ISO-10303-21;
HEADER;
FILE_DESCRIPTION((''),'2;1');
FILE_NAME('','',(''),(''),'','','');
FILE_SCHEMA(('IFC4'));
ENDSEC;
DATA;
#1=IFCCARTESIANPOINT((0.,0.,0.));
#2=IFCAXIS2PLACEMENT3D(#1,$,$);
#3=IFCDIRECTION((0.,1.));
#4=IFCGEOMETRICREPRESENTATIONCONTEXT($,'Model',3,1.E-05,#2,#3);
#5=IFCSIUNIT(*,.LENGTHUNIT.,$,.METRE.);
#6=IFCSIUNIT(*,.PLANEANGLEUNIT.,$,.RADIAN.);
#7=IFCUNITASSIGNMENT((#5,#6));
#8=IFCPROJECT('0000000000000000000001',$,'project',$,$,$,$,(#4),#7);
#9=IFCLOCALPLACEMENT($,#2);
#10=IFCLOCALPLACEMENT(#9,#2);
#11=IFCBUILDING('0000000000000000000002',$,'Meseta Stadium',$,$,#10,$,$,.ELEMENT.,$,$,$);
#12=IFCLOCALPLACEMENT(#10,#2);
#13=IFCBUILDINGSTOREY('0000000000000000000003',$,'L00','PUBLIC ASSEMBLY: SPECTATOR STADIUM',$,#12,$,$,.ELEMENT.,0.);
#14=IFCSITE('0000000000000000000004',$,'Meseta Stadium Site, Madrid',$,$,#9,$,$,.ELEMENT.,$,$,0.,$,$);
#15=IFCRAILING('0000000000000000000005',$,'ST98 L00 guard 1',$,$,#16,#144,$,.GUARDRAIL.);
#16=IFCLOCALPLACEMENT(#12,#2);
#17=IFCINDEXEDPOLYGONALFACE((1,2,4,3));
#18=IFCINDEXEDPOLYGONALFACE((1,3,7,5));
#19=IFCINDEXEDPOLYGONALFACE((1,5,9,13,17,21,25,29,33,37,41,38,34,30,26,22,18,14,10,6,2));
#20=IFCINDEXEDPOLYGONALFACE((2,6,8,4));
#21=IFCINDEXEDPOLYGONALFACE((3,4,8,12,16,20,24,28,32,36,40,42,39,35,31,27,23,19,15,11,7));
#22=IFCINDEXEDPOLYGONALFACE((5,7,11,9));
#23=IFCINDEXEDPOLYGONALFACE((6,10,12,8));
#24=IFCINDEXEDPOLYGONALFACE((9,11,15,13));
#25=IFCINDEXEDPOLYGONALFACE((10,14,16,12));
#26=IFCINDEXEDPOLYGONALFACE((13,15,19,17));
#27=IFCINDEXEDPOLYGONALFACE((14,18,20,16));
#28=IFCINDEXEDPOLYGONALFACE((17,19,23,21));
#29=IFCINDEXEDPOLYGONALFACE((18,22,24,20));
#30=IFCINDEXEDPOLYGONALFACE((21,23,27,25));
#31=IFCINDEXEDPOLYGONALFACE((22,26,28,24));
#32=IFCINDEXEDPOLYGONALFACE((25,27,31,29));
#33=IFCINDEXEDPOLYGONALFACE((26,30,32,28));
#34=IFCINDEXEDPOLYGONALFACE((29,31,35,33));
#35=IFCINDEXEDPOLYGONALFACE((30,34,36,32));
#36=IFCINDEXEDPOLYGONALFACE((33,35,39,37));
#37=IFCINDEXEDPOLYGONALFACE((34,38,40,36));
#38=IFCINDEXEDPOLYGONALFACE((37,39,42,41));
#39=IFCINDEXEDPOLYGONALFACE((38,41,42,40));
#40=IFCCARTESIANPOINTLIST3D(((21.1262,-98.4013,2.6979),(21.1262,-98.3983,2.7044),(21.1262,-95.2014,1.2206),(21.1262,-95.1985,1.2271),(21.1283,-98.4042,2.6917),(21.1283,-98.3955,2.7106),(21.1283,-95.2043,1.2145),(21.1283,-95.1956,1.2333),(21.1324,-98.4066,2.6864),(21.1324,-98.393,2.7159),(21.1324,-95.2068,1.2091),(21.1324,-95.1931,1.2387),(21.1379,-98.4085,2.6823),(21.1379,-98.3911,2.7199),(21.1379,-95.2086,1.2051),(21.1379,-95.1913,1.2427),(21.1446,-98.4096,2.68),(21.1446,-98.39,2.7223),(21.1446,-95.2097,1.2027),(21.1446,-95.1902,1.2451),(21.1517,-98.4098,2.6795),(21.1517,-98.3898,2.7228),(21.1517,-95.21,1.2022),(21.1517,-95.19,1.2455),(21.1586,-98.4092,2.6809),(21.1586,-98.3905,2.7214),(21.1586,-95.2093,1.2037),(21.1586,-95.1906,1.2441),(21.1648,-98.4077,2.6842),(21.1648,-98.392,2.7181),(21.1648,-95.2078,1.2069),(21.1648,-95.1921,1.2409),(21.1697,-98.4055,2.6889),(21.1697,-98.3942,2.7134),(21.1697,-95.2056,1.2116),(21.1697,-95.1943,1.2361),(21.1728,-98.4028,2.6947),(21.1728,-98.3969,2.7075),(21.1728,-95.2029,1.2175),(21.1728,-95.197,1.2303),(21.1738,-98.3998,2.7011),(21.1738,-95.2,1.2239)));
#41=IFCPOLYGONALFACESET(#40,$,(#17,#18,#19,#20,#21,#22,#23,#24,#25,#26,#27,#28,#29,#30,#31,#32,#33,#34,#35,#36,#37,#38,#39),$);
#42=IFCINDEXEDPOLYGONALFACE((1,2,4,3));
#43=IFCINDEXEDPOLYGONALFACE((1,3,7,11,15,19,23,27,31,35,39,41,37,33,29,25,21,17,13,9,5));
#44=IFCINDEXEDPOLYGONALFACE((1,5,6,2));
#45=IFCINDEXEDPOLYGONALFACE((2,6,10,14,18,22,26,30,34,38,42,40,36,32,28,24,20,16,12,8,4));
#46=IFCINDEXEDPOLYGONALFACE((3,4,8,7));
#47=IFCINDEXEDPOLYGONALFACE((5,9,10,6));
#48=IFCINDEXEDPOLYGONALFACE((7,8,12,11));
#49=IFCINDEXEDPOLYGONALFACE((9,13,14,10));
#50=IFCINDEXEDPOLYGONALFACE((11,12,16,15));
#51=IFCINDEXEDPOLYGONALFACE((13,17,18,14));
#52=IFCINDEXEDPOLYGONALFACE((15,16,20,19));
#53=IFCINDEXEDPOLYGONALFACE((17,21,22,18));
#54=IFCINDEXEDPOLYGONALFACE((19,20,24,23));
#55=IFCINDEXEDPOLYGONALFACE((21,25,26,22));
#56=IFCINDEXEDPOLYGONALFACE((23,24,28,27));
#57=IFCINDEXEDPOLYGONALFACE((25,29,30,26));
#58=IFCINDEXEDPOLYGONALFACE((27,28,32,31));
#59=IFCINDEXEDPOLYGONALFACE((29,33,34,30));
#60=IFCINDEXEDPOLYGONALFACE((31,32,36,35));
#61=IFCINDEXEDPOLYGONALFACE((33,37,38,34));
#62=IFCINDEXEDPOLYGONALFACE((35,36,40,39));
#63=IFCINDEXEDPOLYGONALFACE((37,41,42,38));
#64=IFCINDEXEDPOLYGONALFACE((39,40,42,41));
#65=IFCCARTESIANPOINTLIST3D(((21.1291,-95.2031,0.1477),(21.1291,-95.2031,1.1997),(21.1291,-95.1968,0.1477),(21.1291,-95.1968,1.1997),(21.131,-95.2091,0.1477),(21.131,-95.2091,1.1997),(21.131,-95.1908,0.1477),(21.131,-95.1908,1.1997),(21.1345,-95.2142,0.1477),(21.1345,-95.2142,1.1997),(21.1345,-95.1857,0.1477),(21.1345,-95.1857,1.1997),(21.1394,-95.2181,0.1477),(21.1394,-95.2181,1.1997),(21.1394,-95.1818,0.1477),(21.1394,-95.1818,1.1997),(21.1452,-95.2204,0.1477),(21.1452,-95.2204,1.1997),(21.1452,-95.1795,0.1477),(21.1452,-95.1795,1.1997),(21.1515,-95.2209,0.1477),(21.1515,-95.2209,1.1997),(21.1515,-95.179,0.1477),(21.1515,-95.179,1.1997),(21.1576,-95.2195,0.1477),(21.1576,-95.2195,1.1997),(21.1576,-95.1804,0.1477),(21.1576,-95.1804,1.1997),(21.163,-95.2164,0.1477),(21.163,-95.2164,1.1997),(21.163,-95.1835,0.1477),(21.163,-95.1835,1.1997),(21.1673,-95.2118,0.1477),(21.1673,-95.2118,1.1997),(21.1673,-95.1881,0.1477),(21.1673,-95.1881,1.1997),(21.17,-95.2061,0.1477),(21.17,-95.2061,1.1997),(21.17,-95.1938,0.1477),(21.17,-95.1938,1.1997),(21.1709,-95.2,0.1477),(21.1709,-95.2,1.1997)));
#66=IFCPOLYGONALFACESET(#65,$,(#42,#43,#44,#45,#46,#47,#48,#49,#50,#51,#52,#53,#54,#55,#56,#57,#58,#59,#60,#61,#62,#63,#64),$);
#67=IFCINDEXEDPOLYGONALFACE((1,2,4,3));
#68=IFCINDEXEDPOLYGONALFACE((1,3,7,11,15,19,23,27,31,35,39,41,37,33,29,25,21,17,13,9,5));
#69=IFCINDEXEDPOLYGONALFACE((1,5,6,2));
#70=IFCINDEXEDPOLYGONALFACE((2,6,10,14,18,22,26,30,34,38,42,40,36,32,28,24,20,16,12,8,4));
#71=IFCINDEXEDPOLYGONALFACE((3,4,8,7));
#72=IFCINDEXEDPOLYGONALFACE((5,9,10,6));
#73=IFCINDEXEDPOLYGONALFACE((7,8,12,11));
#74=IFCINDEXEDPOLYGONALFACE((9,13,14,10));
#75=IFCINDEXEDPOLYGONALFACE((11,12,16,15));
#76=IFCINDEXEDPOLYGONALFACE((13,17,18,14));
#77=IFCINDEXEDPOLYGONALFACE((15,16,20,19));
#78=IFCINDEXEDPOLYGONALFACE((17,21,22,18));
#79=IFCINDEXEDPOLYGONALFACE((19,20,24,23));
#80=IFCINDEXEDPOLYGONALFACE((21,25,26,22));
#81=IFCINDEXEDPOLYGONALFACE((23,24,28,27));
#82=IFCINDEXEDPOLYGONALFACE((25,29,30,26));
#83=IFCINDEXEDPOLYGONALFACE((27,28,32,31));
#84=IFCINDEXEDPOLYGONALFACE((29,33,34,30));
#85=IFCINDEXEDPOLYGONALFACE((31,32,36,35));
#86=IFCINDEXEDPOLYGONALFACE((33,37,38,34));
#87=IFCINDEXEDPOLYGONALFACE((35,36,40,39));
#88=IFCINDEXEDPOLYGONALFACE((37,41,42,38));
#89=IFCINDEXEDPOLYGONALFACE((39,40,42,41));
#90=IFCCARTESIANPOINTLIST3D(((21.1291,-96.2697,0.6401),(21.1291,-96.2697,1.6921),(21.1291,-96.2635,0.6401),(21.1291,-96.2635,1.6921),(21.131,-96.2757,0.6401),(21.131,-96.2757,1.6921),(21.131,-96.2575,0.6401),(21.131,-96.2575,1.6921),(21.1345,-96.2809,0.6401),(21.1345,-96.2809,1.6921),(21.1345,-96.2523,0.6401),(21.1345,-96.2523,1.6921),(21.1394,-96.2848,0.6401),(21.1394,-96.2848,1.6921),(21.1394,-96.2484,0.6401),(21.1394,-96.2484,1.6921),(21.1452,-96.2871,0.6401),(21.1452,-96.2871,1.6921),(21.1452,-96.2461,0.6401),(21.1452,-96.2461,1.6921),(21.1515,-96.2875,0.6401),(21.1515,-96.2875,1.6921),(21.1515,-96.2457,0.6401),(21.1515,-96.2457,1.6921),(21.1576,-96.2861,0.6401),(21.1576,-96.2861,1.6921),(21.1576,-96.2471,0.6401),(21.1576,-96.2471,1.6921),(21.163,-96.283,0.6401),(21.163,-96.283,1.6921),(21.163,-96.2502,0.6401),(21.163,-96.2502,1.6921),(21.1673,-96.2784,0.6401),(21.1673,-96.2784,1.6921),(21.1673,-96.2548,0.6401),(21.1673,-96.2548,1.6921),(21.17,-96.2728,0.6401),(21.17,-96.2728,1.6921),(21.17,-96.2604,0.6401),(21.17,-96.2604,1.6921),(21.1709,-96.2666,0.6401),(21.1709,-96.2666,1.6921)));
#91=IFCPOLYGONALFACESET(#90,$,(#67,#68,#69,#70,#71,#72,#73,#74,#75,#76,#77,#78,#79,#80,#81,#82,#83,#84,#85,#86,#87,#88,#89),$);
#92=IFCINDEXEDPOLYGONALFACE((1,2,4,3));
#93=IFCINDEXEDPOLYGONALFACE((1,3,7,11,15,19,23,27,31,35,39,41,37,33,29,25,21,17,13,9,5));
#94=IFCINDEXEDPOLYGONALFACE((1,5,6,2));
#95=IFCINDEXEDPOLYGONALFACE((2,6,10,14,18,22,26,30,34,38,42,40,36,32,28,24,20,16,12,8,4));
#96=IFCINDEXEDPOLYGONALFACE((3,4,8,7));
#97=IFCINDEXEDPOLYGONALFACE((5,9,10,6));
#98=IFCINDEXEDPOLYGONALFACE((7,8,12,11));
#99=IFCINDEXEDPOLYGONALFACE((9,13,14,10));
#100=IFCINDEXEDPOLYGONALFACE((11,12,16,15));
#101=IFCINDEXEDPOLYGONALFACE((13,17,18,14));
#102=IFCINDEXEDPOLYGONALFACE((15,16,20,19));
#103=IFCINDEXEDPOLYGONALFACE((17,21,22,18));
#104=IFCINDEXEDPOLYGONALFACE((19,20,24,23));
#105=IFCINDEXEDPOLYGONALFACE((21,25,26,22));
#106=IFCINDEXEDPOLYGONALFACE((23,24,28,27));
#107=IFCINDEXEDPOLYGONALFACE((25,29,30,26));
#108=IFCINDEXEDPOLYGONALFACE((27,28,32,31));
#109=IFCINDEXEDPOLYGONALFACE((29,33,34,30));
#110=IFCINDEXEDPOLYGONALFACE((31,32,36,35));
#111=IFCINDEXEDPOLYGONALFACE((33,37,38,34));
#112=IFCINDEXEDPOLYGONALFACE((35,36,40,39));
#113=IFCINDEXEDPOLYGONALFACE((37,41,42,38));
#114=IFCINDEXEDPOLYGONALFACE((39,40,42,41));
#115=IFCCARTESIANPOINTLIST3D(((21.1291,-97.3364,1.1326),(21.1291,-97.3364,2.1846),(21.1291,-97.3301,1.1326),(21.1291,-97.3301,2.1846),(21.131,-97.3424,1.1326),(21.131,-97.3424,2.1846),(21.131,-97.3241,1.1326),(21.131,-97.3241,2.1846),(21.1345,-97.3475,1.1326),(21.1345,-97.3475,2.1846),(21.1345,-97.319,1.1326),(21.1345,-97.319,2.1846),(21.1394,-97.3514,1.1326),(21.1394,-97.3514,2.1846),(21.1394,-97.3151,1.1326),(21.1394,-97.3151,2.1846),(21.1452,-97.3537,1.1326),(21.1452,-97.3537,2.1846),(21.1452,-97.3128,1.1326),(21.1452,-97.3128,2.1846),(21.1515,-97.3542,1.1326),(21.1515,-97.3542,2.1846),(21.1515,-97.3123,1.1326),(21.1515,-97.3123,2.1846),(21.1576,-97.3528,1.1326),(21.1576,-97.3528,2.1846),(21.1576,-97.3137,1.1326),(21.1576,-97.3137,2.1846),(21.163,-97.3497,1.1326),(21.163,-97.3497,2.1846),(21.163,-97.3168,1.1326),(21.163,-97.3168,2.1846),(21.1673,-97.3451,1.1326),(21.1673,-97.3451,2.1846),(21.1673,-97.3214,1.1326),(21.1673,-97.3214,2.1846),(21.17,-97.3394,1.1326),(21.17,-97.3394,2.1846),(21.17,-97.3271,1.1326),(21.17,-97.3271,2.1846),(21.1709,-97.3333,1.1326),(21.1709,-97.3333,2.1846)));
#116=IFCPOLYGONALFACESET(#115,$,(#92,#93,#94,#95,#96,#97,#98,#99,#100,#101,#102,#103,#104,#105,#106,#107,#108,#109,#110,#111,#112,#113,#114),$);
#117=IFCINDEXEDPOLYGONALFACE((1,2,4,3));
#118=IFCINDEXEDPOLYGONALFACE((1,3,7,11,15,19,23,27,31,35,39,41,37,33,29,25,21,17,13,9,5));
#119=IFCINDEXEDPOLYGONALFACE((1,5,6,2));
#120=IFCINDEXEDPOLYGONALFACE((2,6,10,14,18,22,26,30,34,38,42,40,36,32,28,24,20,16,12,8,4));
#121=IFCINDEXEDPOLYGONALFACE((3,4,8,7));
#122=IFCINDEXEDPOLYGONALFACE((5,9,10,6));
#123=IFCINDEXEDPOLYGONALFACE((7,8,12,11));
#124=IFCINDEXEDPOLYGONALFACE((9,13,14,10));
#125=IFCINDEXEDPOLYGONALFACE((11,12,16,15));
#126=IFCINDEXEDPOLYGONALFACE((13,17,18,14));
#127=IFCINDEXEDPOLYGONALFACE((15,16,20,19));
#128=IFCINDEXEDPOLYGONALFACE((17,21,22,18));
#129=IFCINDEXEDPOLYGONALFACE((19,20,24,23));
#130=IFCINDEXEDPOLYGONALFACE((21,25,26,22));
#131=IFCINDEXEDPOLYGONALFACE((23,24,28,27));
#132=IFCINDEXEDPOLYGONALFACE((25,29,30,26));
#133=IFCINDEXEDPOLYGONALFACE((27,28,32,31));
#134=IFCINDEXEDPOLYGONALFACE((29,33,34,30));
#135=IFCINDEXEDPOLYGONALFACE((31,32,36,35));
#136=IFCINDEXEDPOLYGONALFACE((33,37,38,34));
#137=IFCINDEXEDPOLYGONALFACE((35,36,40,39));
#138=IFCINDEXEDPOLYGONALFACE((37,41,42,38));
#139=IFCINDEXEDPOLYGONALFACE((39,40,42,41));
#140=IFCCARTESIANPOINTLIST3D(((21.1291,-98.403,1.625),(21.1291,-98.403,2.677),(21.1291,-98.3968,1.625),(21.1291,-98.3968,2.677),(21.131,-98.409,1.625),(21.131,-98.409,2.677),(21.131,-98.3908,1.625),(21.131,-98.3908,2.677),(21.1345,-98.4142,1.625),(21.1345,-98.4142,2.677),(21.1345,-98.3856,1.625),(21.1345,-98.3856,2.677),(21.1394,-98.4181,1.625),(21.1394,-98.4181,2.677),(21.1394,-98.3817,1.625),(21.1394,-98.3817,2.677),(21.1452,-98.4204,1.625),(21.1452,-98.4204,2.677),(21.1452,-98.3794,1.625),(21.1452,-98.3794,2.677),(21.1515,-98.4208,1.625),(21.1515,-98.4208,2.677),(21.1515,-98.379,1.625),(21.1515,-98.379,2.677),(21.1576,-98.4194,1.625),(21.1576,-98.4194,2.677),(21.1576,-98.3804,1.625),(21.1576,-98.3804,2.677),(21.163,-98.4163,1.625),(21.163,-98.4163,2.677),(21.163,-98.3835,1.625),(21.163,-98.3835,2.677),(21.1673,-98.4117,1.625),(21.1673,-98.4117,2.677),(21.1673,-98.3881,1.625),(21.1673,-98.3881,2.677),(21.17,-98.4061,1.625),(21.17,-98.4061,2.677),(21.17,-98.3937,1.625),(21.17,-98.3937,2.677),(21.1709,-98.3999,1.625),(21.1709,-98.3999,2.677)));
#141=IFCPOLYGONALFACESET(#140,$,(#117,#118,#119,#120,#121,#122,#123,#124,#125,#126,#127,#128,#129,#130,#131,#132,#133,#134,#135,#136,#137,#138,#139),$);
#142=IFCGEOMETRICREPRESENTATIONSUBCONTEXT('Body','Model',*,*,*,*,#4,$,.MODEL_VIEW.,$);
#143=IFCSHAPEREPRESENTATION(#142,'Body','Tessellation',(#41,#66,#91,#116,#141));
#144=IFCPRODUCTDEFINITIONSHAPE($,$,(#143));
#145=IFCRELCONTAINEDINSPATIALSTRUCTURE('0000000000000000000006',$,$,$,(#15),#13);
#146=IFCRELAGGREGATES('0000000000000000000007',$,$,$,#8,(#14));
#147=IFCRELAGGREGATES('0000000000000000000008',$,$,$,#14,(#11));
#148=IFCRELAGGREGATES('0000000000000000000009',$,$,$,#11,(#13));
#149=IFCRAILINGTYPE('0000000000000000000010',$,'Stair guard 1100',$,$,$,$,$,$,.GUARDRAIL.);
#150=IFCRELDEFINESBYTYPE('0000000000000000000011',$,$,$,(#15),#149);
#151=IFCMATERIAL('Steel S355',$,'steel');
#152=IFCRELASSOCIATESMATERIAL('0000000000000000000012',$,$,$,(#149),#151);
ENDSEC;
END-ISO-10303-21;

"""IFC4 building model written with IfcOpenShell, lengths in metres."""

from ifc_helpers import new_model, si_unit, direction, frame, origin, origin_2d, place, context, subcontext, project, spatial, circle, extrude, material, type_object, element, save


model = new_model("IFC4")

# Units and contexts
model_context = context("Model", 3, precision=1e-05, world=origin(), true_north=direction((0.0, 1.0)))
body_context = subcontext(model_context, "Body", "Model", "MODEL_VIEW")
ifc_project = project(units=[si_unit("LENGTHUNIT", "METRE"), si_unit("PLANEANGLEUNIT", "RADIAN")], contexts=[model_context])

# Site, building, storey
site_placement = place(None, origin())
site = spatial("IfcSite", under=ifc_project, at=site_placement, Name="Meseta Stadium Site, Madrid", CompositionType="ELEMENT", RefElevation=0.0)
building_placement = place(site_placement, origin())
building = spatial("IfcBuilding", under=site, at=building_placement, Name="Meseta Stadium", CompositionType="ELEMENT")
storey_placement = place(building_placement, origin())
storey = spatial("IfcBuildingStorey", under=building, at=storey_placement, Name="L00", Description="PUBLIC ASSEMBLY: SPECTATOR STADIUM", CompositionType="ELEMENT", Elevation=0.0)

# Railing
ifc_material_1 = material(Name="Steel S355", Category="steel")
railing_type_1 = type_object("IfcRailingType", Name="Stair guard 1100", PredefinedType="GUARDRAIL", material=ifc_material_1)
for number, where, name in (
    (1, (21.1499, -95.2, 0.1477), "ST98 L00 guard 1"),
):
    element("IfcRailing", number, at=place(storey_placement, frame(where)), inside=storey, type_object=railing_type_1, Name=name, PredefinedType="GUARDRAIL", context=body_context, shape_type="SweptSolid", body=[
        extrude(circle(Radius=0.0239, at=origin_2d()), frame((0.0, 0.0, 1.0762), z_axis=(0.0, -0.907917, 0.41915), x_axis=(1.0, 0.0, 0.0)), (0.0, 0.0, 1.0), 3.5244),
        extrude(circle(Radius=0.021, at=origin_2d()), origin(), (0.0, 0.0, 1.0), 1.052),
        extrude(circle(Radius=0.021, at=origin_2d()), frame((0.0, -1.0667, 0.4924)), (0.0, 0.0, 1.0), 1.052),
        extrude(circle(Radius=0.021, at=origin_2d()), frame((0.0, -2.1333, 0.9849)), (0.0, 0.0, 1.0), 1.052),
        extrude(circle(Radius=0.021, at=origin_2d()), frame((0.0, -3.2, 1.4773)), (0.0, 0.0, 1.0), 1.052),
    ])

save(model, "model.ifc")
